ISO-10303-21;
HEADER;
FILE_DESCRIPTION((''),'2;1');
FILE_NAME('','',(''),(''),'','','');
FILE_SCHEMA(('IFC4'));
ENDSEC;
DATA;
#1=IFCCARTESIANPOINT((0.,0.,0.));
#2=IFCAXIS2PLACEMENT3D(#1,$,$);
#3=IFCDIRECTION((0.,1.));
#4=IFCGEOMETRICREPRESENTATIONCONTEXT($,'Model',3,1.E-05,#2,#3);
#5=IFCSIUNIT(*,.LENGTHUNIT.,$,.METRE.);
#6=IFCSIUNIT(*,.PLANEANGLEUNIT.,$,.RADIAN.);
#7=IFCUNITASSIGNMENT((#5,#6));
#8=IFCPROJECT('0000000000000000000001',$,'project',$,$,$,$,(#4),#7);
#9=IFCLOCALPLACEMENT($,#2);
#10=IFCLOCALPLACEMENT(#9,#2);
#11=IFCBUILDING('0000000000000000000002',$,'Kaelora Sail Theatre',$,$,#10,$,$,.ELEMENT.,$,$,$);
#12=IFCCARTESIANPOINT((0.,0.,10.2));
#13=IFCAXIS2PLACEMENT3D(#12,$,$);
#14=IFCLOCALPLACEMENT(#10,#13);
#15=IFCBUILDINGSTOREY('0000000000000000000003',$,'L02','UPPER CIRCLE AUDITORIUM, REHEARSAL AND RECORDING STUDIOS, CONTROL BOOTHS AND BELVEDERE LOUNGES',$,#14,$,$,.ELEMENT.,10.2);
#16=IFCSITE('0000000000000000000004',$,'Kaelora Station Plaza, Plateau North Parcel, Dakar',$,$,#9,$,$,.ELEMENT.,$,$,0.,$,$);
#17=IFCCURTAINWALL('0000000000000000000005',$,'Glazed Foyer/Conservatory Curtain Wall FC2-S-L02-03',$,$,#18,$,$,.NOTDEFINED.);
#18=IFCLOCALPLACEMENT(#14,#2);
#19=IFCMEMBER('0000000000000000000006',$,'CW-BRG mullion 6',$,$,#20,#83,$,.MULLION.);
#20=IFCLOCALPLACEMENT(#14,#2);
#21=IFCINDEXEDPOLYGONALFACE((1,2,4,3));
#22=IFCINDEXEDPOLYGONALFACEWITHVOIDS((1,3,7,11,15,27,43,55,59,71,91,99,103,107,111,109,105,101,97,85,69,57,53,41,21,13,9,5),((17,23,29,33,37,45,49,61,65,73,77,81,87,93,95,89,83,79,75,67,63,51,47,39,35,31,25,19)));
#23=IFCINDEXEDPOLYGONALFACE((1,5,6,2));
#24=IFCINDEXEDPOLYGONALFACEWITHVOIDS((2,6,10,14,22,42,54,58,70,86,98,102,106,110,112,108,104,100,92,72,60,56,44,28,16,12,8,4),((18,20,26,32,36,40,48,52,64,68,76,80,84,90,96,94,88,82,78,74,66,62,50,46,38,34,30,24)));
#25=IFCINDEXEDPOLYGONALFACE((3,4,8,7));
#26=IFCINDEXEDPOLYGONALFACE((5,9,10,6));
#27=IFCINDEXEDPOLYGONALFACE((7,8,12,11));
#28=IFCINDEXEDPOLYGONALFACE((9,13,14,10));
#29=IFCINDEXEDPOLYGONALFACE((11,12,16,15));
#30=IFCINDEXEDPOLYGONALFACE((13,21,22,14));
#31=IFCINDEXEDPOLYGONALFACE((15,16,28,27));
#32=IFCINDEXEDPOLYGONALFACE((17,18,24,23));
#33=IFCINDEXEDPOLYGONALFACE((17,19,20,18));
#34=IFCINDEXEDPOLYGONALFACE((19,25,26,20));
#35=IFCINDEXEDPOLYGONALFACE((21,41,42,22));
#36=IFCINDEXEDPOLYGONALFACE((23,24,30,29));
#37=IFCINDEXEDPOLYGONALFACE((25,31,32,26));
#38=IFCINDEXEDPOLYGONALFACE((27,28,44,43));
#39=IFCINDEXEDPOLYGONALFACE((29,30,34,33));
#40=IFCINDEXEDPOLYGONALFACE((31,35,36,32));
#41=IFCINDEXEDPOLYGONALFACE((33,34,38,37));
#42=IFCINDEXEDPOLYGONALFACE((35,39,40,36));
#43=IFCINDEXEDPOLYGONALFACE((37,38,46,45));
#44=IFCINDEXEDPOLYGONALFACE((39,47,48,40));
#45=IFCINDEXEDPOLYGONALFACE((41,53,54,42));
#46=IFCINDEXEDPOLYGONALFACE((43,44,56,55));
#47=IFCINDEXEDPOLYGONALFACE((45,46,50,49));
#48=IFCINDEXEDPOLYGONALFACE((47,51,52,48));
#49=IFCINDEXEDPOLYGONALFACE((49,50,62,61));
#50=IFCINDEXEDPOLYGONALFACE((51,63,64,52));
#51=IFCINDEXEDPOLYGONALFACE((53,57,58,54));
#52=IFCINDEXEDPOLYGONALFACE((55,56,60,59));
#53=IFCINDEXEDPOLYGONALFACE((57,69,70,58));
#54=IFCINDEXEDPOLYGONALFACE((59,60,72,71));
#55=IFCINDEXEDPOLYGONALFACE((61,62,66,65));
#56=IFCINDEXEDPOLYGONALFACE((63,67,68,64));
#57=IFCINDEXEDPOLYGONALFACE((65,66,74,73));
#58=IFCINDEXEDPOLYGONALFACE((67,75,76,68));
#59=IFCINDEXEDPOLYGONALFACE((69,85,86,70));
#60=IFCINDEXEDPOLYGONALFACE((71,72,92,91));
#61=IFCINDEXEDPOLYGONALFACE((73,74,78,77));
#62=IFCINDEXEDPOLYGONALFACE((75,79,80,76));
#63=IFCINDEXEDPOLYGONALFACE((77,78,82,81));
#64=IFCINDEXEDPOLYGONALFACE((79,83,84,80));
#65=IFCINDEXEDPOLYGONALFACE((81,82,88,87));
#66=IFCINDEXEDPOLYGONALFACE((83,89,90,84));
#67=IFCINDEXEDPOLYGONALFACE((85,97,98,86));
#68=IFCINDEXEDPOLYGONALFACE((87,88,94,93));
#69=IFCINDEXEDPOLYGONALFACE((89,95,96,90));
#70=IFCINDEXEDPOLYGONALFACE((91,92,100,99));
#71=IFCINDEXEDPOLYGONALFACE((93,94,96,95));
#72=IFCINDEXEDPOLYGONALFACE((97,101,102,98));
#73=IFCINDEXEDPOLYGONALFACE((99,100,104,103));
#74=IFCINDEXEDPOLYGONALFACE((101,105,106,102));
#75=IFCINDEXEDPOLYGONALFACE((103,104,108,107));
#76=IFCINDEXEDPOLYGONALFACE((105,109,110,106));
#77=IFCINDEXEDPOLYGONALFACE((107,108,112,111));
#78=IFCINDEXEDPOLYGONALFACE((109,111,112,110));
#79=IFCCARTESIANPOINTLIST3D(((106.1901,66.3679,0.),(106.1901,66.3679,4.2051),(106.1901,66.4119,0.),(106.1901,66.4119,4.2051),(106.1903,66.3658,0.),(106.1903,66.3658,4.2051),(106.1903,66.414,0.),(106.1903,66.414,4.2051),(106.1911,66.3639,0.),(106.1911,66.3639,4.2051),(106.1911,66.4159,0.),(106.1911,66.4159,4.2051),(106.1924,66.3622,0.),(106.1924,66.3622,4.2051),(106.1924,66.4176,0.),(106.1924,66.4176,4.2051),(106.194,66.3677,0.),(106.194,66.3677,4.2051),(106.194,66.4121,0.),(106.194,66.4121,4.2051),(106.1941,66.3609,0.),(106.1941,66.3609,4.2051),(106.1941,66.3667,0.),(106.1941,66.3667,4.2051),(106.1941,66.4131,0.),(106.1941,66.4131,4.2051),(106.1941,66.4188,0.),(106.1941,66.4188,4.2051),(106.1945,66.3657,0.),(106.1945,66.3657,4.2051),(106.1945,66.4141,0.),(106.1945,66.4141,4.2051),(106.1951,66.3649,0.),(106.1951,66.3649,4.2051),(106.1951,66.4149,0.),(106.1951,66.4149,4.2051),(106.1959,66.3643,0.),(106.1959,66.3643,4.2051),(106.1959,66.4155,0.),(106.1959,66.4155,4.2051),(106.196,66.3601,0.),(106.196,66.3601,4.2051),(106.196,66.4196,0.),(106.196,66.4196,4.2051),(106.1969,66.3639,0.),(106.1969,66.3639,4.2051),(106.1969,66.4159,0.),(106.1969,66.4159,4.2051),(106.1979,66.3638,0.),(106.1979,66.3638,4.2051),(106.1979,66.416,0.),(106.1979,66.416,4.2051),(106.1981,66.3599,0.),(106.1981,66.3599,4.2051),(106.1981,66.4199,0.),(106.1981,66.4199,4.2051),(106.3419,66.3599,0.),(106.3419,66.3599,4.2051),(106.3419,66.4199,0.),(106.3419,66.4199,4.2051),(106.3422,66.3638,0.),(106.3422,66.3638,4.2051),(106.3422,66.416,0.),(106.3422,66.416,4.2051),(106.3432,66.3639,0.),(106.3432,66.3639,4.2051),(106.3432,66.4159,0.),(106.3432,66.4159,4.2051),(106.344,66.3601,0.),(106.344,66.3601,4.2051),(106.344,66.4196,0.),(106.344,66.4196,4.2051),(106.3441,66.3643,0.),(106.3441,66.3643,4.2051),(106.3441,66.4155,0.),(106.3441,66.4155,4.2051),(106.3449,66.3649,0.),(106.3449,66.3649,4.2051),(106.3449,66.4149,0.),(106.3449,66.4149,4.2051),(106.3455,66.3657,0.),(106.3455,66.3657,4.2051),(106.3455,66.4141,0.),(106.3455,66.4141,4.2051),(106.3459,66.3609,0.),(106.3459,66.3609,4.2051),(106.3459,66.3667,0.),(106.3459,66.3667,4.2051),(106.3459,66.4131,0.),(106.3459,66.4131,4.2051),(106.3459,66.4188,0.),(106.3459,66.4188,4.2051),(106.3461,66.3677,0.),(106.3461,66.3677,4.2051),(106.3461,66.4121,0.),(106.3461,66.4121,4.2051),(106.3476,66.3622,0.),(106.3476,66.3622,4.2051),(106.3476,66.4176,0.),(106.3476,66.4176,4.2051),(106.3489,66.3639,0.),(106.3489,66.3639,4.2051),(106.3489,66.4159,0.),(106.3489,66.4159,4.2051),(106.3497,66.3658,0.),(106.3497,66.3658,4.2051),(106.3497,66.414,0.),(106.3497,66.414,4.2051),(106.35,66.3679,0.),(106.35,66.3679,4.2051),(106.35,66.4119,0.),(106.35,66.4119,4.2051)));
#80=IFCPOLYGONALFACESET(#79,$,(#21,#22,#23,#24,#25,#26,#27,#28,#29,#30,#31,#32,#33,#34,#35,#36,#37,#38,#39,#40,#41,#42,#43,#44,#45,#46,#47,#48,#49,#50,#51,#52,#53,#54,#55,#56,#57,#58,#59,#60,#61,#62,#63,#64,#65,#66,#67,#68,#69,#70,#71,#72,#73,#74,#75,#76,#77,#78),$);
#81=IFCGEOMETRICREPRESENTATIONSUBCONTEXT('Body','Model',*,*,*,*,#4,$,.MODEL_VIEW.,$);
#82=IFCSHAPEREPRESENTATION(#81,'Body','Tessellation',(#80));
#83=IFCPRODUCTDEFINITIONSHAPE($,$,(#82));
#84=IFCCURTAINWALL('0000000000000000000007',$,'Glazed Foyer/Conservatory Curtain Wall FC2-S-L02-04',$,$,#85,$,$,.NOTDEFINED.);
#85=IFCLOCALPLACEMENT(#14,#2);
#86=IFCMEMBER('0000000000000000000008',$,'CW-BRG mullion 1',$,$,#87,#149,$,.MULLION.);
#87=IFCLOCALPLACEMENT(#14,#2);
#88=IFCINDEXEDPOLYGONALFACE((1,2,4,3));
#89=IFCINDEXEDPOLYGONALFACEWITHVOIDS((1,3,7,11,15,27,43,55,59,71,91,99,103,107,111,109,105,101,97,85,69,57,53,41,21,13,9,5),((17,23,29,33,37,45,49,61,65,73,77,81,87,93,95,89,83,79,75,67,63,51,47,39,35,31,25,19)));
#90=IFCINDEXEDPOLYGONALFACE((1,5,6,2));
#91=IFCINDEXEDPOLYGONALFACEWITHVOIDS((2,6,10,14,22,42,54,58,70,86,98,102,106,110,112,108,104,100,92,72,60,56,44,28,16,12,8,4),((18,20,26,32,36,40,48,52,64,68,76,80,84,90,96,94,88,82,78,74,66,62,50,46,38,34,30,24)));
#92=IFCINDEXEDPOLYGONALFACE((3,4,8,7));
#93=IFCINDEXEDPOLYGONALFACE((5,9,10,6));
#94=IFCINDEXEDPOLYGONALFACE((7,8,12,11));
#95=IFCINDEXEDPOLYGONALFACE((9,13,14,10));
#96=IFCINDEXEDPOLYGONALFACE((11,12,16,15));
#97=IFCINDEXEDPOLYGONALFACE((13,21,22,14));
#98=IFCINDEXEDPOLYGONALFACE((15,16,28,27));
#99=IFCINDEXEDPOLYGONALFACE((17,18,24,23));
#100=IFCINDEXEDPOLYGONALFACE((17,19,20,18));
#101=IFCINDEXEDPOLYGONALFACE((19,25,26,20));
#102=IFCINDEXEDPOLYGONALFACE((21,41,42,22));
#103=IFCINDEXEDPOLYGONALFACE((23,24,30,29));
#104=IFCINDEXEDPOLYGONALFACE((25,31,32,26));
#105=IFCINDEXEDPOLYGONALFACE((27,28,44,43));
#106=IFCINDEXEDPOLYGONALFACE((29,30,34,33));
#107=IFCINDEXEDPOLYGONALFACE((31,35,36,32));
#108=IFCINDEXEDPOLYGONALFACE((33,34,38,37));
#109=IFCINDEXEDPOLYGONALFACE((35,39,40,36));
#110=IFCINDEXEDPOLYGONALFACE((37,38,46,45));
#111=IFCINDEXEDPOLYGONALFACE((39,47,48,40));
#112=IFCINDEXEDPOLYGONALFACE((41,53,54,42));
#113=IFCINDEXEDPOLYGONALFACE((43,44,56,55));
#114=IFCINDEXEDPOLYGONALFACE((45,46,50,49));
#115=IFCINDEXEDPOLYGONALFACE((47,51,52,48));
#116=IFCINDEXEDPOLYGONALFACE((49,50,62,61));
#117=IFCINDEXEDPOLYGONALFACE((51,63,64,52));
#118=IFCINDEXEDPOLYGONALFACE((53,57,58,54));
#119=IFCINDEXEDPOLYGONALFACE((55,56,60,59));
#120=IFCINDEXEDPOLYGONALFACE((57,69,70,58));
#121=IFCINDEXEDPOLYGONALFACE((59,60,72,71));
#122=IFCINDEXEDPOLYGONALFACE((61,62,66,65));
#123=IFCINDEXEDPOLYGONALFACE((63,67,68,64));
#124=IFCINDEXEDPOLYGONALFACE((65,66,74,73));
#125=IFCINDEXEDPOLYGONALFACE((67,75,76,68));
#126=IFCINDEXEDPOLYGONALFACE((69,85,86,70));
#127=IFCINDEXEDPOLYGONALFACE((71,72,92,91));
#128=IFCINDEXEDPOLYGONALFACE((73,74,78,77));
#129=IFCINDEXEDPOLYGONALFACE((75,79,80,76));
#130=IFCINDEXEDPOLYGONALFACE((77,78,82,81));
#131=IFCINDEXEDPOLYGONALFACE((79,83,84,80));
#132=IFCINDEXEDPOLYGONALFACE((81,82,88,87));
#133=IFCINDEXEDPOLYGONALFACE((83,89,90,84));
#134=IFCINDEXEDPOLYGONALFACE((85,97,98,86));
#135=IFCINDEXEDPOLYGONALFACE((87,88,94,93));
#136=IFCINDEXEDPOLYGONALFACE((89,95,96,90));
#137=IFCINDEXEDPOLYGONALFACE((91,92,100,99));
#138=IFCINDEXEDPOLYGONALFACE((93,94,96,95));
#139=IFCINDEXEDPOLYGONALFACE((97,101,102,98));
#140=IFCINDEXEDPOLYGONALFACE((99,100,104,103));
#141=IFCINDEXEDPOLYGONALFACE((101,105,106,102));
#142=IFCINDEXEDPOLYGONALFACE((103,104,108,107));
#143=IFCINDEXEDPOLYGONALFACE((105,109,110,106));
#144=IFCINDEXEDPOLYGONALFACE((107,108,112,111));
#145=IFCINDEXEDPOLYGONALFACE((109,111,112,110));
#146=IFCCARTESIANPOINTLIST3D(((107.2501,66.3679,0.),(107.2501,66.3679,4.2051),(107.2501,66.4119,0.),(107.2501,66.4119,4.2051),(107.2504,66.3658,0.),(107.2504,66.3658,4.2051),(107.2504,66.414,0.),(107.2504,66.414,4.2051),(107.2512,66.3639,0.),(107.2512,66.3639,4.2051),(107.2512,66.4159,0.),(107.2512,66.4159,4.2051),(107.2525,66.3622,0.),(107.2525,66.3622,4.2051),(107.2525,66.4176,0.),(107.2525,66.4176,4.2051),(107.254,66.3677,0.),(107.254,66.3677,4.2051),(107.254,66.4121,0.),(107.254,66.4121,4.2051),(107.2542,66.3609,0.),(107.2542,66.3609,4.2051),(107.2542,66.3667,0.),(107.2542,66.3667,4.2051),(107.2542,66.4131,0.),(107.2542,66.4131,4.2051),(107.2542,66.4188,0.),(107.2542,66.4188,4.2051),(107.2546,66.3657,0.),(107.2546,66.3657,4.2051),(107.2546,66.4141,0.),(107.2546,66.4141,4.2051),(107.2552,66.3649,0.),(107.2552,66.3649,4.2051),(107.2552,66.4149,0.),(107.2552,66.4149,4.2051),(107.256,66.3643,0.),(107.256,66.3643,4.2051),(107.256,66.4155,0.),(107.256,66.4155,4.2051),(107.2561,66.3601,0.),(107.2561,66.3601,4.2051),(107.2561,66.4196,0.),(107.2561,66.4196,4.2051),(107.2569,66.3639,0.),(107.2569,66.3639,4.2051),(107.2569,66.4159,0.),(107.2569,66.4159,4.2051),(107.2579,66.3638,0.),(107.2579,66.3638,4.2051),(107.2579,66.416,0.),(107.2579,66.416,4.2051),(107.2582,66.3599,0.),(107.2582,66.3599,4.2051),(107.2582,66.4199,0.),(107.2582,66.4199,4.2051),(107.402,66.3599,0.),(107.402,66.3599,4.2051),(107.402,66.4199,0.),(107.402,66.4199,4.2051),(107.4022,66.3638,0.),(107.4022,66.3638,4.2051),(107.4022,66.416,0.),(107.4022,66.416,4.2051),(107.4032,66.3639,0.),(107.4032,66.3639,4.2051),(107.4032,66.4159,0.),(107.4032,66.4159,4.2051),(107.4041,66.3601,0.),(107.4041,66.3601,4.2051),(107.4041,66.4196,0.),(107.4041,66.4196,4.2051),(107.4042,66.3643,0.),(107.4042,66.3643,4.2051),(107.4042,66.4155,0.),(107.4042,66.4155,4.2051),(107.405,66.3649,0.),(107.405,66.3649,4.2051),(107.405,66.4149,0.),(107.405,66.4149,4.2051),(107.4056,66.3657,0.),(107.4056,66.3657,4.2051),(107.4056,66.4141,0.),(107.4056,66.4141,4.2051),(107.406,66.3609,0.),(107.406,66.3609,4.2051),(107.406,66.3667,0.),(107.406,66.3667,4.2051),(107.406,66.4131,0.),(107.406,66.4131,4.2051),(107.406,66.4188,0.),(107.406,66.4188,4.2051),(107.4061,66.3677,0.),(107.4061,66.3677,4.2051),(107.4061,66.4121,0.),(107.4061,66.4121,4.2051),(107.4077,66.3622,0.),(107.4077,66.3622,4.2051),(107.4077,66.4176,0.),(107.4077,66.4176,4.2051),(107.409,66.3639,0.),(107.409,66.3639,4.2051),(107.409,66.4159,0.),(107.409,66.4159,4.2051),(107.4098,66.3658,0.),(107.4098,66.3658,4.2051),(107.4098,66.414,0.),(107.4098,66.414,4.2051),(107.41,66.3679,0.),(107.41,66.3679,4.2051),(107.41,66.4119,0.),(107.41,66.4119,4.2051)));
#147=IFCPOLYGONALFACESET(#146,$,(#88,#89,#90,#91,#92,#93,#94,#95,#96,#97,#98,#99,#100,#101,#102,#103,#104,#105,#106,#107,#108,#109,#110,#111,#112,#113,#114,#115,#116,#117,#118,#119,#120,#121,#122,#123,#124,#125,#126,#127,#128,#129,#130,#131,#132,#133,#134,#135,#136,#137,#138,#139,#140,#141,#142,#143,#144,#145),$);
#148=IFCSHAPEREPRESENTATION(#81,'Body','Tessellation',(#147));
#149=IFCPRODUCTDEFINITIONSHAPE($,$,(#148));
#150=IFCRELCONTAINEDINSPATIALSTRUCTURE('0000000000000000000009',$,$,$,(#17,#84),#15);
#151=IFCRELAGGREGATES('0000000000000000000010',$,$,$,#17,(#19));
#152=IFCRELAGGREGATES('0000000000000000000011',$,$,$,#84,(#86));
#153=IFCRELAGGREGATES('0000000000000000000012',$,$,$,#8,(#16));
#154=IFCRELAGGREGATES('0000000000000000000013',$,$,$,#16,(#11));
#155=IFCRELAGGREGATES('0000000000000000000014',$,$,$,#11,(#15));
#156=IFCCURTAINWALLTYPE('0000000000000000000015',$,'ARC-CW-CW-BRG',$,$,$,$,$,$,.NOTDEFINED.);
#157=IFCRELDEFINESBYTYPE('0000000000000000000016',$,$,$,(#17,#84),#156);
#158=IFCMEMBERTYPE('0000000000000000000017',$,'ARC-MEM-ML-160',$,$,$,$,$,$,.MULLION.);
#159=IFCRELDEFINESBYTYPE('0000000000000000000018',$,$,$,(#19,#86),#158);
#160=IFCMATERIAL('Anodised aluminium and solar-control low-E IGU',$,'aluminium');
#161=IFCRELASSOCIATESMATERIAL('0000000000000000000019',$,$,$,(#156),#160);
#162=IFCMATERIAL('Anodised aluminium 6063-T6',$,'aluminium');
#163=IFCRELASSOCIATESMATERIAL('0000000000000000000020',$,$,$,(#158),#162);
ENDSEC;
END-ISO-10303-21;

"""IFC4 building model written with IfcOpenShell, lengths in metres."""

from ifc_helpers import new_model, si_unit, direction, frame, origin, origin_2d, place, context, subcontext, project, spatial, hollow_rectangle, extrude, material, material_profile, profile_set, type_object, element, aggregate, save


model = new_model("IFC4")

# Units and contexts
model_context = context("Model", 3, precision=1e-05, world=origin(), true_north=direction((0.0, 1.0)))
body_context = subcontext(model_context, "Body", "Model", "MODEL_VIEW")
ifc_project = project(units=[si_unit("LENGTHUNIT", "METRE"), si_unit("PLANEANGLEUNIT", "RADIAN")], contexts=[model_context])

# Site, building, storey
site_placement = place(None, origin())
site = spatial("IfcSite", under=ifc_project, at=site_placement, Name="Kaelora Station Plaza, Plateau North Parcel, Dakar", CompositionType="ELEMENT", RefElevation=0.0)
building_placement = place(site_placement, origin())
building = spatial("IfcBuilding", under=site, at=building_placement, Name="Kaelora Sail Theatre", CompositionType="ELEMENT")
storey_placement = place(building_placement, frame((0.0, 0.0, 10.2)))
storey = spatial("IfcBuildingStorey", under=building, at=storey_placement, Name="L02", Description="UPPER CIRCLE AUDITORIUM, REHEARSAL AND RECORDING STUDIOS, CONTROL BOOTHS AND BELVEDERE LOUNGES", CompositionType="ELEMENT", Elevation=10.2)

# Curtain wall, member
ifc_material_1 = material(Name="Anodised aluminium and solar-control low-E IGU", Category="aluminium")
curtain_wall_type = type_object("IfcCurtainWallType", Name="ARC-CW-CW-BRG", PredefinedType="NOTDEFINED", material=ifc_material_1)
curtain_wall_1_placement = place(storey_placement, origin())
curtain_wall_1 = element("IfcCurtainWall", 1, at=curtain_wall_1_placement, inside=storey, type_object=curtain_wall_type, Name="Glazed Foyer/Conservatory Curtain Wall FC2-S-L02-03", PredefinedType="NOTDEFINED")
ifc_material_2 = material(Name="Anodised aluminium 6063-T6", Category="aluminium")
ifc_material_profile_1 = material_profile(ifc_material_2, hollow_rectangle(XDim=0.0601, YDim=0.1599, WallThickness=0.0039, InnerFilletRadius=0.0039, OuterFilletRadius=0.0081, at=origin_2d()), Name="ALU-MULL 60x160x4")
ifc_profile_set_1 = profile_set([ifc_material_profile_1], Name="Anodised aluminium 6063-T6")
member_type_1 = type_object("IfcMemberType", Name="ARC-MEM-ML-160", PredefinedType="MULLION", material=ifc_profile_set_1)
member_1_placement = place(storey_placement, frame((106.27, 66.3899, 0.0), z_axis=(0.0, 0.0, 1.0), x_axis=(0.0, 1.0, 0.0)))
member_1 = element("IfcMember", 2, at=member_1_placement, type_object=member_type_1, Name="CW-BRG mullion 6", PredefinedType="MULLION", context=body_context, shape_type="SweptSolid", body=[
    extrude(hollow_rectangle(XDim=0.0601, YDim=0.1599, WallThickness=0.0039, InnerFilletRadius=0.0039, OuterFilletRadius=0.0081, at=origin_2d()), origin(), (0.0, 0.0, 1.0), 4.2051),
])

# Curtain wall, member
curtain_wall_2_placement = place(storey_placement, origin())
curtain_wall_2 = element("IfcCurtainWall", 3, at=curtain_wall_2_placement, inside=storey, type_object=curtain_wall_type, Name="Glazed Foyer/Conservatory Curtain Wall FC2-S-L02-04", PredefinedType="NOTDEFINED")
member_2_placement = place(storey_placement, frame((107.3301, 66.3899, 0.0), z_axis=(0.0, 0.0, 1.0), x_axis=(0.0, 1.0, 0.0)))
member_2 = element("IfcMember", 4, at=member_2_placement, type_object=member_type_1, Name="CW-BRG mullion 1", PredefinedType="MULLION", context=body_context, shape_type="SweptSolid", body=[
    extrude(hollow_rectangle(XDim=0.0601, YDim=0.1599, WallThickness=0.0039, InnerFilletRadius=0.0039, OuterFilletRadius=0.0081, at=origin_2d()), origin(), (0.0, 0.0, 1.0), 4.2051),
])

aggregate(curtain_wall_1, [member_1])
aggregate(curtain_wall_2, [member_2])

save(model, "model.ifc")
